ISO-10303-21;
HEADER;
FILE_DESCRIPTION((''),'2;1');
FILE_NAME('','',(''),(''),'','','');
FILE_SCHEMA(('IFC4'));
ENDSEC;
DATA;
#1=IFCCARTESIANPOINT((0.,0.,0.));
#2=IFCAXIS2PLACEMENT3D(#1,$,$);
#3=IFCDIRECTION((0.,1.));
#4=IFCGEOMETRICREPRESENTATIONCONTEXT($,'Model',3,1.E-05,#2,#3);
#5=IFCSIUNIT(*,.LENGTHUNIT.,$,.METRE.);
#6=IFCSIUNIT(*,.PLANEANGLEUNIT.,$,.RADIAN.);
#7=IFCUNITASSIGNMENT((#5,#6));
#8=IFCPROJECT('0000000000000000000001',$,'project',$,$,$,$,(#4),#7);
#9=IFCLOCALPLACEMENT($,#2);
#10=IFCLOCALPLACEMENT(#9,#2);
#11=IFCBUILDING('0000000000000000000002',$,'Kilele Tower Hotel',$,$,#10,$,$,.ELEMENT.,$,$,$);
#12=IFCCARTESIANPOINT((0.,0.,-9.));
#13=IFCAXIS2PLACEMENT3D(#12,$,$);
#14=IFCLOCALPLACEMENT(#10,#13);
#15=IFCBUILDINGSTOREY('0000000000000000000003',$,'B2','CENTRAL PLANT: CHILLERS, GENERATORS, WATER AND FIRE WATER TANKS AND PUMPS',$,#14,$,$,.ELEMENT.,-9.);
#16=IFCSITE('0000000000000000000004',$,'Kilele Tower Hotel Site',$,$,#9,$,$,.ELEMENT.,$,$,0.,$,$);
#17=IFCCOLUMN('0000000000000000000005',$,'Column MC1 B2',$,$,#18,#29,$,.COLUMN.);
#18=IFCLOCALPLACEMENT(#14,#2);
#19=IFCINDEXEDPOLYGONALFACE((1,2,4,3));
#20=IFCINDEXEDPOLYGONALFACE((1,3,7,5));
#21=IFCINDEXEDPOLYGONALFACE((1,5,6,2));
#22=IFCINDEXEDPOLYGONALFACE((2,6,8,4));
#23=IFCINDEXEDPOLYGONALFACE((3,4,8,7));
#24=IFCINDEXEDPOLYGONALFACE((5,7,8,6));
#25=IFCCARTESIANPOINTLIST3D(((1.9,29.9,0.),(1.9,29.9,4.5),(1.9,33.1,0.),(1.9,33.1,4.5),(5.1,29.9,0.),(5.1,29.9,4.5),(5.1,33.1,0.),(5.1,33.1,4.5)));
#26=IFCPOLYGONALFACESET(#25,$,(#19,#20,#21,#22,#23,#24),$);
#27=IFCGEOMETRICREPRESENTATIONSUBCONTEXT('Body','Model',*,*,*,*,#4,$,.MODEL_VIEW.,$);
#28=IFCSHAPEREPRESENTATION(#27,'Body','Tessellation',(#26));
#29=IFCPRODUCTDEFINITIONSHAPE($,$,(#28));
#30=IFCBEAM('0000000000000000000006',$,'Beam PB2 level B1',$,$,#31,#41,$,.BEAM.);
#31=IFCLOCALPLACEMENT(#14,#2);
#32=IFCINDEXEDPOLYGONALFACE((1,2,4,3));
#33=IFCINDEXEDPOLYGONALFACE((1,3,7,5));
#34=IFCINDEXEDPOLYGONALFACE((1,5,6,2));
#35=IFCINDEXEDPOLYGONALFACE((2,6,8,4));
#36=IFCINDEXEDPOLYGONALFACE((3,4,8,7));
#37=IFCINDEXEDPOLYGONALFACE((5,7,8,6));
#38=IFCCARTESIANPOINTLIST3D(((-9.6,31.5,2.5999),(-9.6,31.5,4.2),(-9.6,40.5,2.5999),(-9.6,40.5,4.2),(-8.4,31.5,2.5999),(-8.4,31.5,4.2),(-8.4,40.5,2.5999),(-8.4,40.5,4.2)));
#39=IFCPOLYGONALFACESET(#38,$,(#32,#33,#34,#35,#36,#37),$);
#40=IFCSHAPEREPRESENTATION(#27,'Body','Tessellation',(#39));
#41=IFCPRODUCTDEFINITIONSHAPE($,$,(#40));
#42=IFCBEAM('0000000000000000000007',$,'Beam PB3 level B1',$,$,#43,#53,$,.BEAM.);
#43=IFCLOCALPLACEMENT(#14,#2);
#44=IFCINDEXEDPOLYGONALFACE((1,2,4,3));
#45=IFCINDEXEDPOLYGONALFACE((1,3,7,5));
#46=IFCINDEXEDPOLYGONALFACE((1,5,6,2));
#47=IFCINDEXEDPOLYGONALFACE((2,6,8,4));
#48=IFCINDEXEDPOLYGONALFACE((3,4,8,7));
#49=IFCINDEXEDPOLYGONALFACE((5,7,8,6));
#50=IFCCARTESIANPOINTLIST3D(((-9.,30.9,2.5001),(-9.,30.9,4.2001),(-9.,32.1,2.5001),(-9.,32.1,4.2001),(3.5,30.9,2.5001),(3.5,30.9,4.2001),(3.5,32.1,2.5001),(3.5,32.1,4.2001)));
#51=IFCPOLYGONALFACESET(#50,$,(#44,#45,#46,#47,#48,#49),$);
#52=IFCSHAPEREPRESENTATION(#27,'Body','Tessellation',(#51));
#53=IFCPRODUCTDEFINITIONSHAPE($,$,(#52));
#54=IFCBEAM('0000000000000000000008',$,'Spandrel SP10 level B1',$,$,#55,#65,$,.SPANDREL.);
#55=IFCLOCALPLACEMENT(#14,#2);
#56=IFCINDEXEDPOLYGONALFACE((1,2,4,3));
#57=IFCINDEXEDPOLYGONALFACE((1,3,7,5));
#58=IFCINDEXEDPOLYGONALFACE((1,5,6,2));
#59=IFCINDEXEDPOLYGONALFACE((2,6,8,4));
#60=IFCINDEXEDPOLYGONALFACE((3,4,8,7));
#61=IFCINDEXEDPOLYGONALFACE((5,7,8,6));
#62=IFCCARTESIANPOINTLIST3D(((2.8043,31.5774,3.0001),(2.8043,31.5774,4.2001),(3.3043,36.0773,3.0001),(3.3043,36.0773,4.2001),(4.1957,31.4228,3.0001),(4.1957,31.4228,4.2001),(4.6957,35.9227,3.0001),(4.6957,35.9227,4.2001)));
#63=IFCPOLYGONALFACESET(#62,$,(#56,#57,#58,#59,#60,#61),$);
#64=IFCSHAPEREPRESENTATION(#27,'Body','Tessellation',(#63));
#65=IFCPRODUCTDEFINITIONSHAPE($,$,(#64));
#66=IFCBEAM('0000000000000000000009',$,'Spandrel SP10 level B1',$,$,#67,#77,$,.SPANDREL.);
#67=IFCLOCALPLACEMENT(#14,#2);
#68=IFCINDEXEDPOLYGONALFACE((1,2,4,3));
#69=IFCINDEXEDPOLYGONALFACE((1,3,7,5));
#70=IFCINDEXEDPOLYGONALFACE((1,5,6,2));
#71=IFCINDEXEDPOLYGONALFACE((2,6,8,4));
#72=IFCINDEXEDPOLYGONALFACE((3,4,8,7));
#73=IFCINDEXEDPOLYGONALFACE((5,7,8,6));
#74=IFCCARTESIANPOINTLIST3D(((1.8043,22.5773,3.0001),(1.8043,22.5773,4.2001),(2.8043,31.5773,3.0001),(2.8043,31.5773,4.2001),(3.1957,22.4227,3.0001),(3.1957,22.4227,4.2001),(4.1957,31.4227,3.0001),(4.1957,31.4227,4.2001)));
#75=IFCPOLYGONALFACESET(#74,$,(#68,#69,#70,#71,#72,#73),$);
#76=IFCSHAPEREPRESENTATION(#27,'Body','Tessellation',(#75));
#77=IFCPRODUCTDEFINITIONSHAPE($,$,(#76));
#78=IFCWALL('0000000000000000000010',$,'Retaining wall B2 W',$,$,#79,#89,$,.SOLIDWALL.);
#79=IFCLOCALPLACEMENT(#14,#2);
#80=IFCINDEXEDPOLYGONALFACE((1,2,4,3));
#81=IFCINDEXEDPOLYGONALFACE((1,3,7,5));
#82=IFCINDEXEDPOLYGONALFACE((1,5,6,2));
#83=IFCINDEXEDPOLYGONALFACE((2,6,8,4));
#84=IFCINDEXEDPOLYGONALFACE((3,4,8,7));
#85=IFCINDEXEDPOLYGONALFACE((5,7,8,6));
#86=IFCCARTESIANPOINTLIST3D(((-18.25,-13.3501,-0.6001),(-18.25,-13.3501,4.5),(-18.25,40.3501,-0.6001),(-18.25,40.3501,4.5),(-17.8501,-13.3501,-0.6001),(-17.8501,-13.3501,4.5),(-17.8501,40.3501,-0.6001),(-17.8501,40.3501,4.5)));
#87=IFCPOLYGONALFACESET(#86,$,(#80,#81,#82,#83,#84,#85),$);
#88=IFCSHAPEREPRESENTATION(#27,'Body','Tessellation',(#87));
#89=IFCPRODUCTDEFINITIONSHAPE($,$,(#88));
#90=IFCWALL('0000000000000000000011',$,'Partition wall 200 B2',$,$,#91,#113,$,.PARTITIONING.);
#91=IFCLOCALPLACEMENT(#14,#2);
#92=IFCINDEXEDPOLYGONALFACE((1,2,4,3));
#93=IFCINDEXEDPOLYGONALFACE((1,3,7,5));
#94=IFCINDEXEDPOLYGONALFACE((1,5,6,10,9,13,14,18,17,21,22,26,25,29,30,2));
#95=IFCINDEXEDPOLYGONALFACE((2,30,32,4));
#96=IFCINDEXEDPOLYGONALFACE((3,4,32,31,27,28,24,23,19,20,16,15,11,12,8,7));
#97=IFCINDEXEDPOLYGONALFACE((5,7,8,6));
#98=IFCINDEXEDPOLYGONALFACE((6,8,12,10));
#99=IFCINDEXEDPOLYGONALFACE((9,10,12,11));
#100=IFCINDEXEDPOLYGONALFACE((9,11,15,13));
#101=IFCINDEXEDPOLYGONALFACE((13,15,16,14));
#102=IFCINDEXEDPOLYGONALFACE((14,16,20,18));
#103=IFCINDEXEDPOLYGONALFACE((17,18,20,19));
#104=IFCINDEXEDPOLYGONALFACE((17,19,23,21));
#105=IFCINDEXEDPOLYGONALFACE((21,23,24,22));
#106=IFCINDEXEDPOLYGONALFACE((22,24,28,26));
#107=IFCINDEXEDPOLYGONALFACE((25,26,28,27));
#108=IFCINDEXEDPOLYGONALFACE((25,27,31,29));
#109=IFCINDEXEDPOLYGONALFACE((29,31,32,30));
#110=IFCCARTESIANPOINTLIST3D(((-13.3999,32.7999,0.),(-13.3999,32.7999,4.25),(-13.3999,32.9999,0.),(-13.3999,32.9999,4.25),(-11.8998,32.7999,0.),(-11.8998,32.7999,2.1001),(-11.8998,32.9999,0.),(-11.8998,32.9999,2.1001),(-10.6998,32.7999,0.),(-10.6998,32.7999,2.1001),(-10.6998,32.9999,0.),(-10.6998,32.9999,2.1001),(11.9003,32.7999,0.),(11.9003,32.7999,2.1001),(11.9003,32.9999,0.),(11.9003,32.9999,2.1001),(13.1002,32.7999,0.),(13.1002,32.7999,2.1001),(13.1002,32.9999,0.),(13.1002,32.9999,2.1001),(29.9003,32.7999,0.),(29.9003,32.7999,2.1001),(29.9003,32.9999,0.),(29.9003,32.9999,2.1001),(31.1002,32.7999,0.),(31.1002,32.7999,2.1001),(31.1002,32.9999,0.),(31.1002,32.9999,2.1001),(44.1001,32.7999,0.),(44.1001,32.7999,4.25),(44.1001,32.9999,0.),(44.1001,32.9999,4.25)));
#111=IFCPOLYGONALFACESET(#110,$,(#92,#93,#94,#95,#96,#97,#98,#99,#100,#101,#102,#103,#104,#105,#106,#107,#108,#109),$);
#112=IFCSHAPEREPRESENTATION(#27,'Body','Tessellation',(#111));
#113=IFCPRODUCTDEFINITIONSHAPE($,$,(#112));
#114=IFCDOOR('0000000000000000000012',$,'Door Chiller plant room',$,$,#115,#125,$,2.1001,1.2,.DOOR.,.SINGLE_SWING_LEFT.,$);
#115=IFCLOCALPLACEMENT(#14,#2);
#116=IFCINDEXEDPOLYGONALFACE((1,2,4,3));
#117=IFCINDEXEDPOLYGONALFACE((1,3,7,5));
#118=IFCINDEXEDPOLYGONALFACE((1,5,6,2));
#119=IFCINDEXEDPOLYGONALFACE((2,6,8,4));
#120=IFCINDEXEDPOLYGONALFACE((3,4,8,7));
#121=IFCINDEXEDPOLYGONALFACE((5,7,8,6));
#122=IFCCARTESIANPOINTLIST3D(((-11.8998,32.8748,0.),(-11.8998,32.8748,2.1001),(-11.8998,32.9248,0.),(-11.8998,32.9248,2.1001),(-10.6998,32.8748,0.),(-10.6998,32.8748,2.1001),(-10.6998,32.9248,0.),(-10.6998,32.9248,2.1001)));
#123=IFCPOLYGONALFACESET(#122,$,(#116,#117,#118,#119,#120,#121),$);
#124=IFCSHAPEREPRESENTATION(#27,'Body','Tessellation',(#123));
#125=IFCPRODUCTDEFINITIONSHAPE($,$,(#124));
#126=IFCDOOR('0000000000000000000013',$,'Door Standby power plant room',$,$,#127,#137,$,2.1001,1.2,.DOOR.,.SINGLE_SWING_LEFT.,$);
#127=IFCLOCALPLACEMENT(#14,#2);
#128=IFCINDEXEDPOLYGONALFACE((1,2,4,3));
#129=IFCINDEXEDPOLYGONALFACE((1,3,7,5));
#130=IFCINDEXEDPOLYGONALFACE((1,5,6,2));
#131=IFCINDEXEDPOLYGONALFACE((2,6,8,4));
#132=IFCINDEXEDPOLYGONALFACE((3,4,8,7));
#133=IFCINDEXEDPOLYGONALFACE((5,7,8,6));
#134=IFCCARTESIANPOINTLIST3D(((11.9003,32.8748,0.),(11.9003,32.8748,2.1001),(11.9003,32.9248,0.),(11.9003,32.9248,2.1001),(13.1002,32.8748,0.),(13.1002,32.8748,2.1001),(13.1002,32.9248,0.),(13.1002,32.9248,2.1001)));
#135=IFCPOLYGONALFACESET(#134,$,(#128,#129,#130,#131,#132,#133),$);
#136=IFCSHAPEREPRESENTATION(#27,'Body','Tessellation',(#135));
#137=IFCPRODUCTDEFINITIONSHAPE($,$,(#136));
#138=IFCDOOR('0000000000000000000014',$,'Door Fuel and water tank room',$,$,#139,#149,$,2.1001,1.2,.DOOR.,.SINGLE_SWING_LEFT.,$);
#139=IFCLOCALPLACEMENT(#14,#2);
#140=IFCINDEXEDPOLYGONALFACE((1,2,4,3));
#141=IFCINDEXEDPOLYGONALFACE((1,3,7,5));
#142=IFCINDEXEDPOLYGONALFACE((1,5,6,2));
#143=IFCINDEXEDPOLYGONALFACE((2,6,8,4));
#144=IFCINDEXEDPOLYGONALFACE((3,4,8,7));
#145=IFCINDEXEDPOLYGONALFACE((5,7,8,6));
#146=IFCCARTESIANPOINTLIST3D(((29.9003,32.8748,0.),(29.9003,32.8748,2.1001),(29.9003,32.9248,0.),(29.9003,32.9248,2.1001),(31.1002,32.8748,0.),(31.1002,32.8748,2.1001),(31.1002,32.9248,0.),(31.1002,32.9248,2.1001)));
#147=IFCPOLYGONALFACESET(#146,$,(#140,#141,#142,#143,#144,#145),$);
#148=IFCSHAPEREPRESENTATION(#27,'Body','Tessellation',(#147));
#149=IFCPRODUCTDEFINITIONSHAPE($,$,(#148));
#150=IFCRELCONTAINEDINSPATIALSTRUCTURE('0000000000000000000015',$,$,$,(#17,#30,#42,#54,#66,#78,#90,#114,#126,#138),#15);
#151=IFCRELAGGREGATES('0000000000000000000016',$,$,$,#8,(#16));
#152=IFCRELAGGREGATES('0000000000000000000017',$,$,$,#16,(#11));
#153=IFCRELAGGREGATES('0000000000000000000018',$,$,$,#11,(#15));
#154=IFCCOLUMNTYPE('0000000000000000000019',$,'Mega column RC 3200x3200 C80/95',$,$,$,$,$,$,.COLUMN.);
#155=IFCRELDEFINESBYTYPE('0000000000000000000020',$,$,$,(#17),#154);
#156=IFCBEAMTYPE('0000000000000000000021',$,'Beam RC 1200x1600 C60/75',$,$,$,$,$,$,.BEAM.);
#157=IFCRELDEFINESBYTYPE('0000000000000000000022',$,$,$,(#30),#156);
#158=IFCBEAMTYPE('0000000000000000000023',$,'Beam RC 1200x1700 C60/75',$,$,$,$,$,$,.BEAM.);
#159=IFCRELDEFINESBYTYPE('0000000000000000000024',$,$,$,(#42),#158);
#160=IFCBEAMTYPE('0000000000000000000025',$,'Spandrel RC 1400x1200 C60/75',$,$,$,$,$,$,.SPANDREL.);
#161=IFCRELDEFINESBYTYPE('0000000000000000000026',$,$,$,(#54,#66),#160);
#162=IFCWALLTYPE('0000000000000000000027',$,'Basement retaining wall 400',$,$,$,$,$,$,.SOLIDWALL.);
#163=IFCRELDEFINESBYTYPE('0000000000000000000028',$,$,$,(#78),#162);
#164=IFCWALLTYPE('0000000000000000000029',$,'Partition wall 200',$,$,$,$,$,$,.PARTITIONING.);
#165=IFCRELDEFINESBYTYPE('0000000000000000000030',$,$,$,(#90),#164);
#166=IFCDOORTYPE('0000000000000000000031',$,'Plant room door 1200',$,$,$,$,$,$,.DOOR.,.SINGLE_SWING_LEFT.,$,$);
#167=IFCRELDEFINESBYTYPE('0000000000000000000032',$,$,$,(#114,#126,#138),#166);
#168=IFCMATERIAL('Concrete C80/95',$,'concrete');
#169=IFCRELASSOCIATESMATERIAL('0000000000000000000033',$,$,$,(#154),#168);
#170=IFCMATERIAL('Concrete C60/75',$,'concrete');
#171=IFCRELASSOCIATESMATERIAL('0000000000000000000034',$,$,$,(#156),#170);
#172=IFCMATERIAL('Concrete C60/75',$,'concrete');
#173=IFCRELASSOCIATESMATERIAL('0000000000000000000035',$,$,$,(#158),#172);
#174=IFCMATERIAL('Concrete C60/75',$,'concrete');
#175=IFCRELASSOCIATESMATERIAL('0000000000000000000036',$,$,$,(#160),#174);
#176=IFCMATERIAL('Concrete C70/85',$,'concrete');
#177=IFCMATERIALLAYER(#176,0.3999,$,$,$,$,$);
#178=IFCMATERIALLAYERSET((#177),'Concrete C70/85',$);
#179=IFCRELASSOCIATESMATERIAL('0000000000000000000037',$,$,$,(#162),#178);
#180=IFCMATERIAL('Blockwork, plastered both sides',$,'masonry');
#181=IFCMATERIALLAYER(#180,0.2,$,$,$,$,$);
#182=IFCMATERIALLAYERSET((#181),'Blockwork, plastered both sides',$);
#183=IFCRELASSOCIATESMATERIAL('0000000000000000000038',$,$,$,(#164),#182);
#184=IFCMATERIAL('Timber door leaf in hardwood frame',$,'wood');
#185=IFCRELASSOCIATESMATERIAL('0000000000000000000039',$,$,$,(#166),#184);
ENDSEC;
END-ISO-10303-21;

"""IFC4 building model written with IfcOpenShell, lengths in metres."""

from ifc_helpers import new_model, si_unit, direction, frame, frame_2d, origin, origin_2d, place, context, subcontext, project, spatial, rectangle, extrude, material, layer, layer_set, material_profile, profile_set, type_object, element, fill, save


model = new_model("IFC4")

# Units and contexts
model_context = context("Model", 3, precision=1e-05, world=origin(), true_north=direction((0.0, 1.0)))
body_context = subcontext(model_context, "Body", "Model", "MODEL_VIEW")
ifc_project = project(units=[si_unit("LENGTHUNIT", "METRE"), si_unit("PLANEANGLEUNIT", "RADIAN")], contexts=[model_context])

# Site, building, storey
site_placement = place(None, origin())
site = spatial("IfcSite", under=ifc_project, at=site_placement, Name="Kilele Tower Hotel Site", CompositionType="ELEMENT", RefElevation=0.0)
building_placement = place(site_placement, origin())
building = spatial("IfcBuilding", under=site, at=building_placement, Name="Kilele Tower Hotel", CompositionType="ELEMENT")
storey_placement = place(building_placement, frame((0.0, 0.0, -9.0)))
storey = spatial("IfcBuildingStorey", under=building, at=storey_placement, Name="B2", Description="CENTRAL PLANT: CHILLERS, GENERATORS, WATER AND FIRE WATER TANKS AND PUMPS", CompositionType="ELEMENT", Elevation=-9.0)

# Column
ifc_material_1 = material(Name="Concrete C80/95", Category="concrete")
ifc_material_profile_1 = material_profile(ifc_material_1, rectangle(XDim=3.2, YDim=3.2, at=origin_2d()))
ifc_profile_set_1 = profile_set([ifc_material_profile_1], Name="Concrete C80/95")
column_type_1 = type_object("IfcColumnType", Name="Mega column RC 3200x3200 C80/95", PredefinedType="COLUMN", material=ifc_profile_set_1)
for number, where, z_axis, x_axis, name in (
    (1, (3.5, 31.5, 0.0), (0.0, 0.0, 1.0), (1.0, 0.0, 0.0), "Column MC1 B2"),
):
    element("IfcColumn", number, at=place(storey_placement, frame(where, z_axis=z_axis, x_axis=x_axis)), inside=storey, type_object=column_type_1, Name=name, PredefinedType="COLUMN", context=body_context, shape_type="SweptSolid", body=[
        extrude(rectangle(XDim=3.2, YDim=3.2, at=origin_2d()), origin(), (0.0, 0.0, 1.0), 4.5),
    ])

# Beams
ifc_material_2 = material(Name="Concrete C60/75", Category="concrete")
ifc_material_profile_2 = material_profile(ifc_material_2, rectangle(XDim=1.2, YDim=1.6001, at=origin_2d()))
ifc_profile_set_2 = profile_set([ifc_material_profile_2], Name="Concrete C60/75")
beam_type_1 = type_object("IfcBeamType", Name="Beam RC 1200x1600 C60/75", PredefinedType="BEAM", material=ifc_profile_set_2)
beam_1_placement = place(storey_placement, frame((-9.0, 31.5, 3.3999), z_axis=(0.0, 1.0, 0.0), x_axis=(-1.0, 0.0, 0.0)))
element("IfcBeam", 2, at=beam_1_placement, inside=storey, type_object=beam_type_1, Name="Beam PB2 level B1", PredefinedType="BEAM", context=body_context, shape_type="SweptSolid", body=[
    extrude(rectangle(XDim=1.2, YDim=1.6001, at=origin_2d()), origin(), (0.0, 0.0, 1.0), 9.0),
])
ifc_material_3 = material(Name="Concrete C60/75", Category="concrete")
ifc_material_profile_3 = material_profile(ifc_material_3, rectangle(XDim=1.2, YDim=1.7, at=origin_2d()))
ifc_profile_set_3 = profile_set([ifc_material_profile_3], Name="Concrete C60/75")
beam_type_2 = type_object("IfcBeamType", Name="Beam RC 1200x1700 C60/75", PredefinedType="BEAM", material=ifc_profile_set_3)
beam_2_placement = place(storey_placement, frame((-9.0, 31.5, 3.3501), z_axis=(1.0, 0.0, 0.0), x_axis=(0.0, 1.0, 0.0)))
element("IfcBeam", 3, at=beam_2_placement, inside=storey, type_object=beam_type_2, Name="Beam PB3 level B1", PredefinedType="BEAM", context=body_context, shape_type="SweptSolid", body=[
    extrude(rectangle(XDim=1.2, YDim=1.7, at=origin_2d()), origin(), (0.0, 0.0, 1.0), 12.5),
])
ifc_material_4 = material(Name="Concrete C60/75", Category="concrete")
ifc_material_profile_4 = material_profile(ifc_material_4, rectangle(XDim=1.3999, YDim=1.2, at=origin_2d()))
ifc_profile_set_4 = profile_set([ifc_material_profile_4], Name="Concrete C60/75")
beam_type_3 = type_object("IfcBeamType", Name="Spandrel RC 1400x1200 C60/75", PredefinedType="SPANDREL", material=ifc_profile_set_4)
beam_3_placement = place(storey_placement, frame((4.0, 36.0, 3.6001), z_axis=(-0.110432, -0.993884, 0.0), x_axis=(0.993884, -0.110432, 0.0)))
element("IfcBeam", 4, at=beam_3_placement, inside=storey, type_object=beam_type_3, Name="Spandrel SP10 level B1", PredefinedType="SPANDREL", context=body_context, shape_type="SweptSolid", body=[
    extrude(rectangle(XDim=1.3999, YDim=1.2, at=origin_2d()), origin(), (0.0, 0.0, 1.0), 4.5276),
])
beam_4_placement = place(storey_placement, frame((3.5, 31.5, 3.6001), z_axis=(-0.110432, -0.993884, 0.0), x_axis=(0.993884, -0.110432, 0.0)))
element("IfcBeam", 5, at=beam_4_placement, inside=storey, type_object=beam_type_3, Name="Spandrel SP10 level B1", PredefinedType="SPANDREL", context=body_context, shape_type="SweptSolid", body=[
    extrude(rectangle(XDim=1.3999, YDim=1.2, at=origin_2d()), origin(), (0.0, 0.0, 1.0), 9.0554),
])

# Wall
ifc_material_5 = material(Name="Concrete C70/85", Category="concrete")
ifc_layer_1 = layer(ifc_material_5, 0.3999)
ifc_layer_set_1 = layer_set([ifc_layer_1], Name="Concrete C70/85")
wall_type_1 = type_object("IfcWallType", Name="Basement retaining wall 400", PredefinedType="SOLIDWALL", material=ifc_layer_set_1)
wall_1_placement = place(storey_placement, frame((-18.05, 40.3501, -0.6001), z_axis=(0.0, 0.0, 1.0), x_axis=(0.0, -1.0, 0.0)))
element("IfcWall", 6, at=wall_1_placement, inside=storey, type_object=wall_type_1, Name="Retaining wall B2 W", PredefinedType="SOLIDWALL", context=body_context, shape_type="SweptSolid", body=[
    extrude(rectangle(XDim=53.7002, YDim=0.3999, at=frame_2d((26.8501, 0.0))), origin(), (0.0, 0.0, 1.0), 5.1001),
])

# Wall, openings, doors
ifc_material_6 = material(Name="Blockwork, plastered both sides", Category="masonry")
ifc_layer_2 = layer(ifc_material_6, 0.2)
ifc_layer_set_2 = layer_set([ifc_layer_2], Name="Blockwork, plastered both sides")
wall_type_2 = type_object("IfcWallType", Name="Partition wall 200", PredefinedType="PARTITIONING", material=ifc_layer_set_2)
wall_2_placement = place(storey_placement, frame((-13.3999, 32.8999, 0.0), z_axis=(0.0, 0.0, 1.0), x_axis=(1.0, 0.0, 0.0)))
wall_2 = element("IfcWall", 7, at=wall_2_placement, inside=storey, type_object=wall_type_2, Name="Partition wall 200 B2", PredefinedType="PARTITIONING", context=body_context, shape_type="SweptSolid", body=[
    extrude(rectangle(XDim=57.5, YDim=0.2, at=frame_2d((28.75, 0.0))), origin(), (0.0, 0.0, 1.0), 4.25),
])
opening_1_placement = place(wall_2_placement, frame((1.5, 0.0, 0.0)))
opening_1 = element("IfcOpeningElement", 8, at=opening_1_placement, cuts=wall_2, PredefinedType="OPENING", context=body_context, shape_type="SweptSolid", body=[
    extrude(rectangle(XDim=1.2, YDim=2.1001, at=frame_2d((0.6001, 1.05))), frame((0.0, 0.1099, 0.0), z_axis=(0.0, -1.0, 0.0), x_axis=(1.0, 0.0, 0.0)), (0.0, 0.0, 1.0), 0.22),
])
opening_2_placement = place(wall_2_placement, frame((25.3, 0.0, 0.0)))
opening_2 = element("IfcOpeningElement", 9, at=opening_2_placement, cuts=wall_2, PredefinedType="OPENING", context=body_context, shape_type="SweptSolid", body=[
    extrude(rectangle(XDim=1.2, YDim=2.1001, at=frame_2d((0.6001, 1.05))), frame((0.0, 0.1099, 0.0), z_axis=(0.0, -1.0, 0.0), x_axis=(1.0, 0.0, 0.0)), (0.0, 0.0, 1.0), 0.22),
])
opening_3_placement = place(wall_2_placement, frame((43.3, 0.0, 0.0)))
opening_3 = element("IfcOpeningElement", 10, at=opening_3_placement, cuts=wall_2, PredefinedType="OPENING", context=body_context, shape_type="SweptSolid", body=[
    extrude(rectangle(XDim=1.2, YDim=2.1001, at=frame_2d((0.6001, 1.05))), frame((0.0, 0.1099, 0.0), z_axis=(0.0, -1.0, 0.0), x_axis=(1.0, 0.0, 0.0)), (0.0, 0.0, 1.0), 0.22),
])
ifc_material_7 = material(Name="Timber door leaf in hardwood frame", Category="wood")
door_type_1 = type_object("IfcDoorType", Name="Plant room door 1200", OperationType="SINGLE_SWING_LEFT", PredefinedType="DOOR", material=ifc_material_7)
door_1_placement = place(opening_1_placement, origin())
door_1 = element("IfcDoor", 11, at=door_1_placement, inside=storey, type_object=door_type_1, Name="Door Chiller plant room", OperationType="SINGLE_SWING_LEFT", OverallHeight=2.1001, OverallWidth=1.2, PredefinedType="DOOR", context=body_context, shape_type="SweptSolid", body=[
    extrude(rectangle(XDim=1.2, YDim=2.1001, at=frame_2d((0.6001, 1.05))), frame((0.0, 0.0249, 0.0), z_axis=(0.0, -1.0, 0.0), x_axis=(1.0, 0.0, 0.0)), (0.0, 0.0, 1.0), 0.05),
])
fill(opening_1, door_1)
door_2_placement = place(opening_2_placement, origin())
door_2 = element("IfcDoor", 12, at=door_2_placement, inside=storey, type_object=door_type_1, Name="Door Standby power plant room", OperationType="SINGLE_SWING_LEFT", OverallHeight=2.1001, OverallWidth=1.2, PredefinedType="DOOR", context=body_context, shape_type="SweptSolid", body=[
    extrude(rectangle(XDim=1.2, YDim=2.1001, at=frame_2d((0.6001, 1.05))), frame((0.0, 0.0249, 0.0), z_axis=(0.0, -1.0, 0.0), x_axis=(1.0, 0.0, 0.0)), (0.0, 0.0, 1.0), 0.05),
])
fill(opening_2, door_2)
door_3_placement = place(opening_3_placement, origin())
door_3 = element("IfcDoor", 13, at=door_3_placement, inside=storey, type_object=door_type_1, Name="Door Fuel and water tank room", OperationType="SINGLE_SWING_LEFT", OverallHeight=2.1001, OverallWidth=1.2, PredefinedType="DOOR", context=body_context, shape_type="SweptSolid", body=[
    extrude(rectangle(XDim=1.2, YDim=2.1001, at=frame_2d((0.6001, 1.05))), frame((0.0, 0.0249, 0.0), z_axis=(0.0, -1.0, 0.0), x_axis=(1.0, 0.0, 0.0)), (0.0, 0.0, 1.0), 0.05),
])
fill(opening_3, door_3)

save(model, "model.ifc")
